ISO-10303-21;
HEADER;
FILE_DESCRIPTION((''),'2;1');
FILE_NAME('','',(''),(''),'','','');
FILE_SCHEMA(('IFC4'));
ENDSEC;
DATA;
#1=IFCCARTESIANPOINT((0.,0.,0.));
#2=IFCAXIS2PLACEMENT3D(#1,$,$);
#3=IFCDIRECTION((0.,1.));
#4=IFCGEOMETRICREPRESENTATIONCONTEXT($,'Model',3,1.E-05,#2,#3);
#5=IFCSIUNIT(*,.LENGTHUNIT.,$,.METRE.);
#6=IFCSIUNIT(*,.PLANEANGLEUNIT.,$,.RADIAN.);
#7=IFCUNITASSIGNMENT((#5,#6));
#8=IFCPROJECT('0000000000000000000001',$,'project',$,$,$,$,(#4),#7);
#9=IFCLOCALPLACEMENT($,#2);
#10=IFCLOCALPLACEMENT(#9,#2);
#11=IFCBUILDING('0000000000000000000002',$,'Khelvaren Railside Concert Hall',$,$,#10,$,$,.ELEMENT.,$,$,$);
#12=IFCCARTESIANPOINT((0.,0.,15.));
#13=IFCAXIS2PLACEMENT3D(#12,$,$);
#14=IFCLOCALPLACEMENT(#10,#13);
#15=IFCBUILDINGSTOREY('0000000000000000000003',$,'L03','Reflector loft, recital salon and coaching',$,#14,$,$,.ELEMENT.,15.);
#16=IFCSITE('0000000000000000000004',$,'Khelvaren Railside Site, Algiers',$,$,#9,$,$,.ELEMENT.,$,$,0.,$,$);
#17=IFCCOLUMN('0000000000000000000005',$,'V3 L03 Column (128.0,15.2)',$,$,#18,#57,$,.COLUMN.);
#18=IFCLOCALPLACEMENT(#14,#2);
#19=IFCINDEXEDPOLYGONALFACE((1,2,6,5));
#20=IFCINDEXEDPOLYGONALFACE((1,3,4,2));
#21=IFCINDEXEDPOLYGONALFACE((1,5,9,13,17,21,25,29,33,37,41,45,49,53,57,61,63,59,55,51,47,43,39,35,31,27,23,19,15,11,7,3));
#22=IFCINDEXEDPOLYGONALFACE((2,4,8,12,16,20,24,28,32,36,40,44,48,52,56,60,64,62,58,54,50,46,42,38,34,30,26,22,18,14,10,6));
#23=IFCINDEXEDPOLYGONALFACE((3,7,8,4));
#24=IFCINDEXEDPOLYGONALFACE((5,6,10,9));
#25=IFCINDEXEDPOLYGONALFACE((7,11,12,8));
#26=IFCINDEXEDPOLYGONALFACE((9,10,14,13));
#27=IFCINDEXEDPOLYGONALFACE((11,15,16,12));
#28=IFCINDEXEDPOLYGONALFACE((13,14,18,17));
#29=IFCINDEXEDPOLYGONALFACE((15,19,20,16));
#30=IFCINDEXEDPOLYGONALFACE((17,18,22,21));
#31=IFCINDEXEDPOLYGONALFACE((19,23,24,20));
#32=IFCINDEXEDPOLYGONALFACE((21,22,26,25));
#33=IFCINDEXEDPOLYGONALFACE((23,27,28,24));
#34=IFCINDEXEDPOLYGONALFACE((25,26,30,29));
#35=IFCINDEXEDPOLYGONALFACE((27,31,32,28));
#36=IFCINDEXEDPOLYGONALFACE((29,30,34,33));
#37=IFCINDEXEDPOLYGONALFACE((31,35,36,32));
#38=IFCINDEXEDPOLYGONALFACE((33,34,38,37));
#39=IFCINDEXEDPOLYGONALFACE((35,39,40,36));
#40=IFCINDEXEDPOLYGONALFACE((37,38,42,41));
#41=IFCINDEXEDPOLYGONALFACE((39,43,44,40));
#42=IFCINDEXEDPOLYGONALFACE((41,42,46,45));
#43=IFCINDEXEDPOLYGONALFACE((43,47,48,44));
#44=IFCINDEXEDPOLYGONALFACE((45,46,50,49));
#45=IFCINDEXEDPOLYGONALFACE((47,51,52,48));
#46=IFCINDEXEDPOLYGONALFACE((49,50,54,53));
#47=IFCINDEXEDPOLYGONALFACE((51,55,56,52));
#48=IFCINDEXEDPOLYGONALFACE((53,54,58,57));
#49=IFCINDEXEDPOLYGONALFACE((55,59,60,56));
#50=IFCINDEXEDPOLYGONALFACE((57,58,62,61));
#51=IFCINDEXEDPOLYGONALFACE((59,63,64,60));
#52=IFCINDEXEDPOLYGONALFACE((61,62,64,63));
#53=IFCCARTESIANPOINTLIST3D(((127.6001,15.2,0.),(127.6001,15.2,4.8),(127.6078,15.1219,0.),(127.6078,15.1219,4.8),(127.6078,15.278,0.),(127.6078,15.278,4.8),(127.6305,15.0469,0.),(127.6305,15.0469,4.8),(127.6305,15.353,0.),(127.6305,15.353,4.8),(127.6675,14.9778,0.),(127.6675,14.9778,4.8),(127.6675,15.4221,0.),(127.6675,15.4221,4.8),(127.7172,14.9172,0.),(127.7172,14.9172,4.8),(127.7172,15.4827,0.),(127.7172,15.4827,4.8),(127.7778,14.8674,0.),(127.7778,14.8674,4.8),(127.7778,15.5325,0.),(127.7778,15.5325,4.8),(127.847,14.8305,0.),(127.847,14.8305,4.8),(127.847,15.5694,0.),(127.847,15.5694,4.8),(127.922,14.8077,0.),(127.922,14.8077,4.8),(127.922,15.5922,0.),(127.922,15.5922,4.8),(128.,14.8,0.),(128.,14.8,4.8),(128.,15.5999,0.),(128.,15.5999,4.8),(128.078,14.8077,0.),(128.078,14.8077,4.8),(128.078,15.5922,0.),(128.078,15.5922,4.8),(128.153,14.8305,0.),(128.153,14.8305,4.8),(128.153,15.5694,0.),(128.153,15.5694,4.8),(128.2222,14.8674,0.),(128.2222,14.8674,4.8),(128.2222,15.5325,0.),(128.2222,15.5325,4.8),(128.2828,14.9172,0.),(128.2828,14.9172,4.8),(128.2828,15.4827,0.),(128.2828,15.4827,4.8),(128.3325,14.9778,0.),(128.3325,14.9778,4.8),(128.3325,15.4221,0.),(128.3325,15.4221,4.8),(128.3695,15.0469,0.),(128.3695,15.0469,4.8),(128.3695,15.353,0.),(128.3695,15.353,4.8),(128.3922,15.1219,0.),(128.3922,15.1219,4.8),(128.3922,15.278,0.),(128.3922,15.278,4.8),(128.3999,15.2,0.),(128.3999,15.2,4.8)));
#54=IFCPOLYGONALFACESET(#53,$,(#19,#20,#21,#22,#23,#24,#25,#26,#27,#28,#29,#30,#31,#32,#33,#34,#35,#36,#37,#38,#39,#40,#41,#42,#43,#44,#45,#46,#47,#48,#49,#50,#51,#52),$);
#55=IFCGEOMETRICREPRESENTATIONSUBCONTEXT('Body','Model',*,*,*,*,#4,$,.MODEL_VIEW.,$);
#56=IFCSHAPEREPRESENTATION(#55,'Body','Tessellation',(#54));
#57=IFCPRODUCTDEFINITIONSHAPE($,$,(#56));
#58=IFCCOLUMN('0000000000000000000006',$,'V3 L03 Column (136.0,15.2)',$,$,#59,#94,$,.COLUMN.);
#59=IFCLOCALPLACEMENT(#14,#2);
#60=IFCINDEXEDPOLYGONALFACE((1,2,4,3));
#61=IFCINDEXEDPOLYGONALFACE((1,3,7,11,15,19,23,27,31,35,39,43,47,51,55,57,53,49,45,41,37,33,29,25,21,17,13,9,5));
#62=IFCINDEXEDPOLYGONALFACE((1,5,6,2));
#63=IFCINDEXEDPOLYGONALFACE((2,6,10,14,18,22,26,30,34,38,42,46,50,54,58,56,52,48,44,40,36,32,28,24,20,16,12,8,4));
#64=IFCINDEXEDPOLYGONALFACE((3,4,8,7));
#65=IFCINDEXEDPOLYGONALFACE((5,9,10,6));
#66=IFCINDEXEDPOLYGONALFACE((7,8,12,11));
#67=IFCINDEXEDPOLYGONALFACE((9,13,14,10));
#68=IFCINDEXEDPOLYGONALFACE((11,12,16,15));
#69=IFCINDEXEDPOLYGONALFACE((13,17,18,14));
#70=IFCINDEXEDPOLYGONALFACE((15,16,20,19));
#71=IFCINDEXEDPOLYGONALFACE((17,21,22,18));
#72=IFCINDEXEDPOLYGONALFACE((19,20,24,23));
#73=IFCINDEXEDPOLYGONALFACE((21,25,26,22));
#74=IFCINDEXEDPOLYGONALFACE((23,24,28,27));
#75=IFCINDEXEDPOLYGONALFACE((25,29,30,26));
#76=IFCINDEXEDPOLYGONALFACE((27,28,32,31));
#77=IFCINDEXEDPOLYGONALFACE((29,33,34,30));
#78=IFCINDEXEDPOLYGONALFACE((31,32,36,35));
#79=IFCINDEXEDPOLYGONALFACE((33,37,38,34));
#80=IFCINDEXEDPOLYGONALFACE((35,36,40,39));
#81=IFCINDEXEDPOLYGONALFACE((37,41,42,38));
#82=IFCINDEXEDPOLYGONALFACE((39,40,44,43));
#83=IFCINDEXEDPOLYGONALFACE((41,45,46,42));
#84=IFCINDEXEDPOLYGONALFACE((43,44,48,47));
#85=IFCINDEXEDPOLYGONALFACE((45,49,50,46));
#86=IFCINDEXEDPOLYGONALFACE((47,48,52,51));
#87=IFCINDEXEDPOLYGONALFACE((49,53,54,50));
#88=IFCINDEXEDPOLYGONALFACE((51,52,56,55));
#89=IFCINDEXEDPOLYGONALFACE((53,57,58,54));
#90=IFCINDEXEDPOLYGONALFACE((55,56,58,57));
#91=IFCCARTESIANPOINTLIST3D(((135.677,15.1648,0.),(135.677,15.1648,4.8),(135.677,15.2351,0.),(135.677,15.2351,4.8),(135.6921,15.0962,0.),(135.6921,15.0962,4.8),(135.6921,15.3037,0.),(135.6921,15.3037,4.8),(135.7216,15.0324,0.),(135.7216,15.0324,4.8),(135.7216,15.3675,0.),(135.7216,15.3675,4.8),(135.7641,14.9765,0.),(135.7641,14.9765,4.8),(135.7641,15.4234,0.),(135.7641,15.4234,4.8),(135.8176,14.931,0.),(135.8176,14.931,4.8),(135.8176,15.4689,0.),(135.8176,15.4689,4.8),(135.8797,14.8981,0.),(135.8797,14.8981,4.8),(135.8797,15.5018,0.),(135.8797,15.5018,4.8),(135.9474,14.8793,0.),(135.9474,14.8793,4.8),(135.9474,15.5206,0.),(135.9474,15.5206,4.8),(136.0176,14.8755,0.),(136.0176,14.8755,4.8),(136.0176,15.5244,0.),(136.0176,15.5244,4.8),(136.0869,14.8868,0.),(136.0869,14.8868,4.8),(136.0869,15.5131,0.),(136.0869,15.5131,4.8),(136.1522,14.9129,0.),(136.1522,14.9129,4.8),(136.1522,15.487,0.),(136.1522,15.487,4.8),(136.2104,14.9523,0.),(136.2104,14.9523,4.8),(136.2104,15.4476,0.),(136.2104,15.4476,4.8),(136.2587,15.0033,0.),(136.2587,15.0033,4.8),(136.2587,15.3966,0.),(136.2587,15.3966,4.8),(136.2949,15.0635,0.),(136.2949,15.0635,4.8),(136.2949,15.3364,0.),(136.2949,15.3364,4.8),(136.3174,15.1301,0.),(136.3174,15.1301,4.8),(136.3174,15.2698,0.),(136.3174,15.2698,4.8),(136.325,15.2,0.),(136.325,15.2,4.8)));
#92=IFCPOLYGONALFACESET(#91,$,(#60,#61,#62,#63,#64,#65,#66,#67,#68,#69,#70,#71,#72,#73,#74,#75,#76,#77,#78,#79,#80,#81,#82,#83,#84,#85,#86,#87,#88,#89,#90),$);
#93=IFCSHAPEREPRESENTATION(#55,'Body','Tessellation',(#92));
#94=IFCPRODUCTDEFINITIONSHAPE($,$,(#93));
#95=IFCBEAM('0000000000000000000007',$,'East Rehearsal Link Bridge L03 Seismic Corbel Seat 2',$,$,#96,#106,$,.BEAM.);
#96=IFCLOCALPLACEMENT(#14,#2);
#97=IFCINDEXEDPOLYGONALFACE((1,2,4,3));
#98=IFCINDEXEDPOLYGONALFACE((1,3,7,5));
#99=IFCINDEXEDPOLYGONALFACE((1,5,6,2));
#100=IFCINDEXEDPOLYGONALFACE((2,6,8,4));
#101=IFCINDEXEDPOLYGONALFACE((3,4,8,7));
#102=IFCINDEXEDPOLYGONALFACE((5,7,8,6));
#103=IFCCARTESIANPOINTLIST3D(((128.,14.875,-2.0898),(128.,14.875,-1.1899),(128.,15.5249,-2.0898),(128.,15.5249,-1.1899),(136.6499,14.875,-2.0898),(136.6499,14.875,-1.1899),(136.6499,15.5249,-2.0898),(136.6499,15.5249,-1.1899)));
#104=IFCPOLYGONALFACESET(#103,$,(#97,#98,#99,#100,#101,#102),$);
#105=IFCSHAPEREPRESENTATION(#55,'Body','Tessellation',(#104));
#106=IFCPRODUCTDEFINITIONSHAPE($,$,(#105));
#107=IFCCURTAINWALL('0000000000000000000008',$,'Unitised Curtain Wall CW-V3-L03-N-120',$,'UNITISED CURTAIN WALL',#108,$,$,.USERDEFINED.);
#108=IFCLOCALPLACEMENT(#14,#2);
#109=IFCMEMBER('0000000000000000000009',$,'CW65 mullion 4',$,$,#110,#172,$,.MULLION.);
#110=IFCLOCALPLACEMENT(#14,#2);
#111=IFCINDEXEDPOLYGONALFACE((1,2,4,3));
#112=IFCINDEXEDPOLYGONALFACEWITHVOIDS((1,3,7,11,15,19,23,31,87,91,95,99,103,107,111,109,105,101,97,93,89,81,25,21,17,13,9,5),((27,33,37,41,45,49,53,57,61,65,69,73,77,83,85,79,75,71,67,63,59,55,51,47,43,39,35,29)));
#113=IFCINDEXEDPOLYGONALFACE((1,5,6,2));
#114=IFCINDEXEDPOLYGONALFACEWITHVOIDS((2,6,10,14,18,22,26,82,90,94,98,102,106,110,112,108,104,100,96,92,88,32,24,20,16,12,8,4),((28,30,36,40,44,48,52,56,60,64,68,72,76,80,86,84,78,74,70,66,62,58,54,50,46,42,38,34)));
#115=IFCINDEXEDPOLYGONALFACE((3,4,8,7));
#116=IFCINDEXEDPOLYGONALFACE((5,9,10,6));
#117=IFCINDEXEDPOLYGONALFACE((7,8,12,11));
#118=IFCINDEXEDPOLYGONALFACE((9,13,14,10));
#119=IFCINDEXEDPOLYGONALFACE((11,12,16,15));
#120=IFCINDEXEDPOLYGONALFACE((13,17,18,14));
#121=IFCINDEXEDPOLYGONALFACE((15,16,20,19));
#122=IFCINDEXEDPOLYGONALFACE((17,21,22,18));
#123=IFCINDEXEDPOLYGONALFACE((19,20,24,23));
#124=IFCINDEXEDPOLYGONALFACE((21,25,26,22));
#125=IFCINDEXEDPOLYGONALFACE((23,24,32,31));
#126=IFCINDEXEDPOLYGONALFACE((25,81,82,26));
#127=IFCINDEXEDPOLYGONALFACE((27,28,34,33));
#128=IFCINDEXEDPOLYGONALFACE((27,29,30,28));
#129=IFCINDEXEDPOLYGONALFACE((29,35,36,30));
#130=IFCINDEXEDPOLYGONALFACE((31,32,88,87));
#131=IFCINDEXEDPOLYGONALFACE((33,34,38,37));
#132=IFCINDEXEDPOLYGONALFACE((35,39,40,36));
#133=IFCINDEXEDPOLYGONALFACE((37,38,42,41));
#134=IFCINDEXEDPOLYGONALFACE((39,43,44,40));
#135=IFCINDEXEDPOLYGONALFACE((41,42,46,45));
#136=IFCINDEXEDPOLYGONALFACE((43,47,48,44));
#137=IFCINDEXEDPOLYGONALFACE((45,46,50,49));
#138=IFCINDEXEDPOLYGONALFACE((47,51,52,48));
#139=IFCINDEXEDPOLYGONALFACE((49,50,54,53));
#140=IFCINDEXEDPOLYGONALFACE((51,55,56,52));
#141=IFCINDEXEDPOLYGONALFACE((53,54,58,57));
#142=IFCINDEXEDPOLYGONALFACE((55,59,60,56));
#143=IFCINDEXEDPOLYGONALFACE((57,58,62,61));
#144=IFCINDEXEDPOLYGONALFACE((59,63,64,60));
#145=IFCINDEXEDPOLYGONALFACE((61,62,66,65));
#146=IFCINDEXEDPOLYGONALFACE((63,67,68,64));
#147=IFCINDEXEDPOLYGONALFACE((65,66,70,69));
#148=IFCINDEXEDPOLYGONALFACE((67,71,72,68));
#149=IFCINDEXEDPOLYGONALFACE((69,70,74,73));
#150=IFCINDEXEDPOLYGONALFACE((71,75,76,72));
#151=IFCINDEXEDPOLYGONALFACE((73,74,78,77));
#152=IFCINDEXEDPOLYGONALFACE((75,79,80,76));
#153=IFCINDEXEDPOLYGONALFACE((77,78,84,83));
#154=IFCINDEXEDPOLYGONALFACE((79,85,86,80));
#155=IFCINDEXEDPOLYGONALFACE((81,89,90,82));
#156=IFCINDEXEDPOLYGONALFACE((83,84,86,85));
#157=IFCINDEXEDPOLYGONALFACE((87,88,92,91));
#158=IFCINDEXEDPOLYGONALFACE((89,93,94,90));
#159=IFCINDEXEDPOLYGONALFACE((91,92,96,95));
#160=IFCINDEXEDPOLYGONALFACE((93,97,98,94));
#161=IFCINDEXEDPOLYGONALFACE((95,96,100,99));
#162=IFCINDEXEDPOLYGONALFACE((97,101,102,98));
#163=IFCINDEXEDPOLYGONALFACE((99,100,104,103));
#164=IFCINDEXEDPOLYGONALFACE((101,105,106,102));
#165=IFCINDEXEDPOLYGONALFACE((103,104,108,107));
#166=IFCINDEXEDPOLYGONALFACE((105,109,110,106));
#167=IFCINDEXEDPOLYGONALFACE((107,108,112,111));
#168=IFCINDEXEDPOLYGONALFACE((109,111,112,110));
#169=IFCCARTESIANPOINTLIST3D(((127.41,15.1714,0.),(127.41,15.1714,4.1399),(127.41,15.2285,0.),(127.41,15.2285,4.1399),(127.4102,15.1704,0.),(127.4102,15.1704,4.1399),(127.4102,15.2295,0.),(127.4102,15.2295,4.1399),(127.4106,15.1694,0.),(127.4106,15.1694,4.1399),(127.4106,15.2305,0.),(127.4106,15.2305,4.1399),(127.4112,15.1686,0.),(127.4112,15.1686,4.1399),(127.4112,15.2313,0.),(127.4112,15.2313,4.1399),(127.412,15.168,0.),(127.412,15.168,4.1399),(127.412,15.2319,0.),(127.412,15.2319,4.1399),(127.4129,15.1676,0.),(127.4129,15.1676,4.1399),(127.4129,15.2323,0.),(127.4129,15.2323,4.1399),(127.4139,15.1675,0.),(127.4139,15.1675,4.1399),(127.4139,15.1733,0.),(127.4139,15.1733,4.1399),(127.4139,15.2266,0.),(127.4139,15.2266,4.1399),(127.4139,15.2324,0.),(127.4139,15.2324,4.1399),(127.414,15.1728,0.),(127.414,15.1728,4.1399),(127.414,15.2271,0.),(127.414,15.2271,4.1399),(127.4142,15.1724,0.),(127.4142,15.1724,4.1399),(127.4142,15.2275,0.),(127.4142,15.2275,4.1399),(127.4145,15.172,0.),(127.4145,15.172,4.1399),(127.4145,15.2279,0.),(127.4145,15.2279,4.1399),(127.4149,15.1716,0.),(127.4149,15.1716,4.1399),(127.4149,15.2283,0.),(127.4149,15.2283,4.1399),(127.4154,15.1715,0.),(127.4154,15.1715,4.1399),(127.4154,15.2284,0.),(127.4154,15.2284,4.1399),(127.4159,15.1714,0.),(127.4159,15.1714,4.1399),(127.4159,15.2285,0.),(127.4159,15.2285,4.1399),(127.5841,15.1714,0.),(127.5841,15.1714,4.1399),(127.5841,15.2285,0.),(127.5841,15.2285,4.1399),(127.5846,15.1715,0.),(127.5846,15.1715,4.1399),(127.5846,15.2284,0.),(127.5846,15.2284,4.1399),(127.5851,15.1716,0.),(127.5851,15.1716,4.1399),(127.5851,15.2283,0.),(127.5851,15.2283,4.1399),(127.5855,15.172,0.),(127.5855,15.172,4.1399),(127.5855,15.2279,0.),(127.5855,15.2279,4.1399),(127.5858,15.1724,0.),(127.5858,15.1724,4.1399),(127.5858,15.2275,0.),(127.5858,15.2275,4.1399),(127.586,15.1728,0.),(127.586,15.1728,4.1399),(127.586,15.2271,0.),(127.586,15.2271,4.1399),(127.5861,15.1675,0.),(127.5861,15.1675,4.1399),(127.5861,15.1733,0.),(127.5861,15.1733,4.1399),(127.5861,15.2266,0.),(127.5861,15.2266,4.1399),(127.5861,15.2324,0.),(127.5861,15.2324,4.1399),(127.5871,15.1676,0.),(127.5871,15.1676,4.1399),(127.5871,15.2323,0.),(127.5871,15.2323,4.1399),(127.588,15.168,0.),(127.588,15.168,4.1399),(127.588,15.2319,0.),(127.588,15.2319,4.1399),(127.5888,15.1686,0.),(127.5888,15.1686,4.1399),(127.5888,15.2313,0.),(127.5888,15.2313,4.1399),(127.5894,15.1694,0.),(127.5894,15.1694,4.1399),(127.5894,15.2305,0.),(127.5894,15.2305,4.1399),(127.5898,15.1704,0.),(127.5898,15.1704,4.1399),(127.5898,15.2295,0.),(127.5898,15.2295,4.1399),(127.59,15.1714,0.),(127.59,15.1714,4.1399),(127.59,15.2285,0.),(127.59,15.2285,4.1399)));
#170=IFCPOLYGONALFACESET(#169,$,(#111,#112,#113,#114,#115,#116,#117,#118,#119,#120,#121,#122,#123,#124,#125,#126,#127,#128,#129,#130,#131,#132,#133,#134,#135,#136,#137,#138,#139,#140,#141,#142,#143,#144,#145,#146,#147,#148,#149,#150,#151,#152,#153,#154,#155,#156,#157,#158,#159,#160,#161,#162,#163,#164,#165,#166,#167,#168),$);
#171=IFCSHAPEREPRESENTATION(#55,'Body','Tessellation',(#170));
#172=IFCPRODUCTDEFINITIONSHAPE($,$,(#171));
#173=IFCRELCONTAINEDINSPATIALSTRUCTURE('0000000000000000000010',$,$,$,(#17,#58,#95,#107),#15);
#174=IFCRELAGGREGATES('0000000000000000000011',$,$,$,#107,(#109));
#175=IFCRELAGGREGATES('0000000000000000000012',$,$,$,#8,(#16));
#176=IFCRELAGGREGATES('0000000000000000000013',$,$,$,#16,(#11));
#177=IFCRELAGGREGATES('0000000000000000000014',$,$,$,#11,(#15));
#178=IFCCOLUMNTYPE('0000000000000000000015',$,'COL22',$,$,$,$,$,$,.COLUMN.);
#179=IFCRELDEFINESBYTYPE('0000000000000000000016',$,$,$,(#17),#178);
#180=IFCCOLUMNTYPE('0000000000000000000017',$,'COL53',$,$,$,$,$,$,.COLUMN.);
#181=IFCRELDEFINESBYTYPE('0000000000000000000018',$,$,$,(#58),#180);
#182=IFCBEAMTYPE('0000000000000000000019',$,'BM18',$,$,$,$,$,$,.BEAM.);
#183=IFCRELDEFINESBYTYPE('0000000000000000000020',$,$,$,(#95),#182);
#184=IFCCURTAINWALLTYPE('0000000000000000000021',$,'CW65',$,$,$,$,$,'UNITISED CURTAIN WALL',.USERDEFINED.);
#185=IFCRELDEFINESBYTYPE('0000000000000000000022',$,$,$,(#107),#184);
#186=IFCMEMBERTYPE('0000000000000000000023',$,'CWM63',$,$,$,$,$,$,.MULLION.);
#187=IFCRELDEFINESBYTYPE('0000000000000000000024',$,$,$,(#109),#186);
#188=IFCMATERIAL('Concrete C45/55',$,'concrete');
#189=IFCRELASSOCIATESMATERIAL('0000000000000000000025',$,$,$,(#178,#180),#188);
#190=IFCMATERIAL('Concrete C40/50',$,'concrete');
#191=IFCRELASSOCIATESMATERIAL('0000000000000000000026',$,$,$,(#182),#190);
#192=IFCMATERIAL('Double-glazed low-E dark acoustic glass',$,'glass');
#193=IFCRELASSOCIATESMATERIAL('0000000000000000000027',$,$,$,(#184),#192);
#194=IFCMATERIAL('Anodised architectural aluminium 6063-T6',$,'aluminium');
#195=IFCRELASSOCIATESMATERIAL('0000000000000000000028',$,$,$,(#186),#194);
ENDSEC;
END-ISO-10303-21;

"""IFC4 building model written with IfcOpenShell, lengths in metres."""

from ifc_helpers import new_model, si_unit, direction, frame, origin, origin_2d, place, context, subcontext, project, spatial, rectangle, hollow_rectangle, circle, extrude, material, material_profile, profile_set, type_object, element, aggregate, save


model = new_model("IFC4")

# Units and contexts
model_context = context("Model", 3, precision=1e-05, world=origin(), true_north=direction((0.0, 1.0)))
body_context = subcontext(model_context, "Body", "Model", "MODEL_VIEW")
ifc_project = project(units=[si_unit("LENGTHUNIT", "METRE"), si_unit("PLANEANGLEUNIT", "RADIAN")], contexts=[model_context])

# Site, building, storey
site_placement = place(None, origin())
site = spatial("IfcSite", under=ifc_project, at=site_placement, Name="Khelvaren Railside Site, Algiers", CompositionType="ELEMENT", RefElevation=0.0)
building_placement = place(site_placement, origin())
building = spatial("IfcBuilding", under=site, at=building_placement, Name="Khelvaren Railside Concert Hall", CompositionType="ELEMENT")
storey_placement = place(building_placement, frame((0.0, 0.0, 15.0)))
storey = spatial("IfcBuildingStorey", under=building, at=storey_placement, Name="L03", Description="Reflector loft, recital salon and coaching", CompositionType="ELEMENT", Elevation=15.0)

# Columns
ifc_material_1 = material(Name="Concrete C45/55", Category="concrete")
ifc_material_profile_1 = material_profile(ifc_material_1, circle(Radius=0.3999, at=origin_2d()), Name="RC D800")
ifc_profile_set_1 = profile_set([ifc_material_profile_1], Name="Concrete C45/55")
column_type_1 = type_object("IfcColumnType", Name="COL22", PredefinedType="COLUMN", material=ifc_profile_set_1)
column_1_placement = place(storey_placement, frame((128.0, 15.2, 0.0), z_axis=(0.0, 0.0, 1.0), x_axis=(1.0, 0.0, 0.0)))
element("IfcColumn", 1, at=column_1_placement, inside=storey, type_object=column_type_1, Name="V3 L03 Column (128.0,15.2)", PredefinedType="COLUMN", context=body_context, shape_type="SweptSolid", body=[
    extrude(circle(Radius=0.3999, at=origin_2d()), origin(), (0.0, 0.0, 1.0), 4.8),
])
ifc_material_profile_2 = material_profile(ifc_material_1, circle(Radius=0.325, at=origin_2d()), Name="RC D650")
ifc_profile_set_2 = profile_set([ifc_material_profile_2], Name="Concrete C45/55")
column_type_2 = type_object("IfcColumnType", Name="COL53", PredefinedType="COLUMN", material=ifc_profile_set_2)
column_2_placement = place(storey_placement, frame((136.0, 15.2, 0.0), z_axis=(0.0, 0.0, 1.0), x_axis=(1.0, 0.0, 0.0)))
element("IfcColumn", 2, at=column_2_placement, inside=storey, type_object=column_type_2, Name="V3 L03 Column (136.0,15.2)", PredefinedType="COLUMN", context=body_context, shape_type="SweptSolid", body=[
    extrude(circle(Radius=0.325, at=origin_2d()), origin(), (0.0, 0.0, 1.0), 4.8),
])

# Beam
ifc_material_2 = material(Name="Concrete C40/50", Category="concrete")
ifc_material_profile_3 = material_profile(ifc_material_2, rectangle(XDim=0.6499, YDim=0.8999, at=origin_2d()), Name="RCB 650x900")
ifc_profile_set_3 = profile_set([ifc_material_profile_3], Name="Concrete C40/50")
beam_type_1 = type_object("IfcBeamType", Name="BM18", PredefinedType="BEAM", material=ifc_profile_set_3)
beam_1_placement = place(storey_placement, frame((128.0, 15.2, -1.6399), z_axis=(1.0, 0.0, 0.0), x_axis=(0.0, 1.0, 0.0)))
element("IfcBeam", 3, at=beam_1_placement, inside=storey, type_object=beam_type_1, Name="East Rehearsal Link Bridge L03 Seismic Corbel Seat 2", PredefinedType="BEAM", context=body_context, shape_type="SweptSolid", body=[
    extrude(rectangle(XDim=0.6499, YDim=0.8999, at=origin_2d()), origin(), (0.0, 0.0, 1.0), 8.6499),
])

# Curtain wall, member
ifc_material_3 = material(Name="Double-glazed low-E dark acoustic glass", Category="glass")
curtain_wall_type_1 = type_object("IfcCurtainWallType", Name="CW65", ElementType="UNITISED CURTAIN WALL", PredefinedType="USERDEFINED", material=ifc_material_3)
curtain_wall_1_placement = place(storey_placement, origin())
curtain_wall_1 = element("IfcCurtainWall", 4, at=curtain_wall_1_placement, inside=storey, type_object=curtain_wall_type_1, Name="Unitised Curtain Wall CW-V3-L03-N-120", ObjectType="UNITISED CURTAIN WALL", PredefinedType="USERDEFINED")
ifc_material_4 = material(Name="Anodised architectural aluminium 6063-T6", Category="aluminium")
ifc_material_profile_4 = material_profile(ifc_material_4, hollow_rectangle(XDim=0.0649, YDim=0.1799, WallThickness=0.0039, InnerFilletRadius=0.002, OuterFilletRadius=0.0039, at=origin_2d()), Name="CWM 65x180x4")
ifc_profile_set_4 = profile_set([ifc_material_profile_4], Name="Anodised architectural aluminium 6063-T6")
member_type_1 = type_object("IfcMemberType", Name="CWM63", PredefinedType="MULLION", material=ifc_profile_set_4)
member_1_placement = place(storey_placement, frame((127.5, 15.2, 0.0), z_axis=(0.0, 0.0, 1.0), x_axis=(0.0, 1.0, 0.0)))
member_1 = element("IfcMember", 5, at=member_1_placement, type_object=member_type_1, Name="CW65 mullion 4", PredefinedType="MULLION", context=body_context, shape_type="SweptSolid", body=[
    extrude(hollow_rectangle(XDim=0.0649, YDim=0.1799, WallThickness=0.0039, InnerFilletRadius=0.002, OuterFilletRadius=0.0039, at=origin_2d()), origin(), (0.0, 0.0, 1.0), 4.1399),
])
aggregate(curtain_wall_1, [member_1])

save(model, "model.ifc")
